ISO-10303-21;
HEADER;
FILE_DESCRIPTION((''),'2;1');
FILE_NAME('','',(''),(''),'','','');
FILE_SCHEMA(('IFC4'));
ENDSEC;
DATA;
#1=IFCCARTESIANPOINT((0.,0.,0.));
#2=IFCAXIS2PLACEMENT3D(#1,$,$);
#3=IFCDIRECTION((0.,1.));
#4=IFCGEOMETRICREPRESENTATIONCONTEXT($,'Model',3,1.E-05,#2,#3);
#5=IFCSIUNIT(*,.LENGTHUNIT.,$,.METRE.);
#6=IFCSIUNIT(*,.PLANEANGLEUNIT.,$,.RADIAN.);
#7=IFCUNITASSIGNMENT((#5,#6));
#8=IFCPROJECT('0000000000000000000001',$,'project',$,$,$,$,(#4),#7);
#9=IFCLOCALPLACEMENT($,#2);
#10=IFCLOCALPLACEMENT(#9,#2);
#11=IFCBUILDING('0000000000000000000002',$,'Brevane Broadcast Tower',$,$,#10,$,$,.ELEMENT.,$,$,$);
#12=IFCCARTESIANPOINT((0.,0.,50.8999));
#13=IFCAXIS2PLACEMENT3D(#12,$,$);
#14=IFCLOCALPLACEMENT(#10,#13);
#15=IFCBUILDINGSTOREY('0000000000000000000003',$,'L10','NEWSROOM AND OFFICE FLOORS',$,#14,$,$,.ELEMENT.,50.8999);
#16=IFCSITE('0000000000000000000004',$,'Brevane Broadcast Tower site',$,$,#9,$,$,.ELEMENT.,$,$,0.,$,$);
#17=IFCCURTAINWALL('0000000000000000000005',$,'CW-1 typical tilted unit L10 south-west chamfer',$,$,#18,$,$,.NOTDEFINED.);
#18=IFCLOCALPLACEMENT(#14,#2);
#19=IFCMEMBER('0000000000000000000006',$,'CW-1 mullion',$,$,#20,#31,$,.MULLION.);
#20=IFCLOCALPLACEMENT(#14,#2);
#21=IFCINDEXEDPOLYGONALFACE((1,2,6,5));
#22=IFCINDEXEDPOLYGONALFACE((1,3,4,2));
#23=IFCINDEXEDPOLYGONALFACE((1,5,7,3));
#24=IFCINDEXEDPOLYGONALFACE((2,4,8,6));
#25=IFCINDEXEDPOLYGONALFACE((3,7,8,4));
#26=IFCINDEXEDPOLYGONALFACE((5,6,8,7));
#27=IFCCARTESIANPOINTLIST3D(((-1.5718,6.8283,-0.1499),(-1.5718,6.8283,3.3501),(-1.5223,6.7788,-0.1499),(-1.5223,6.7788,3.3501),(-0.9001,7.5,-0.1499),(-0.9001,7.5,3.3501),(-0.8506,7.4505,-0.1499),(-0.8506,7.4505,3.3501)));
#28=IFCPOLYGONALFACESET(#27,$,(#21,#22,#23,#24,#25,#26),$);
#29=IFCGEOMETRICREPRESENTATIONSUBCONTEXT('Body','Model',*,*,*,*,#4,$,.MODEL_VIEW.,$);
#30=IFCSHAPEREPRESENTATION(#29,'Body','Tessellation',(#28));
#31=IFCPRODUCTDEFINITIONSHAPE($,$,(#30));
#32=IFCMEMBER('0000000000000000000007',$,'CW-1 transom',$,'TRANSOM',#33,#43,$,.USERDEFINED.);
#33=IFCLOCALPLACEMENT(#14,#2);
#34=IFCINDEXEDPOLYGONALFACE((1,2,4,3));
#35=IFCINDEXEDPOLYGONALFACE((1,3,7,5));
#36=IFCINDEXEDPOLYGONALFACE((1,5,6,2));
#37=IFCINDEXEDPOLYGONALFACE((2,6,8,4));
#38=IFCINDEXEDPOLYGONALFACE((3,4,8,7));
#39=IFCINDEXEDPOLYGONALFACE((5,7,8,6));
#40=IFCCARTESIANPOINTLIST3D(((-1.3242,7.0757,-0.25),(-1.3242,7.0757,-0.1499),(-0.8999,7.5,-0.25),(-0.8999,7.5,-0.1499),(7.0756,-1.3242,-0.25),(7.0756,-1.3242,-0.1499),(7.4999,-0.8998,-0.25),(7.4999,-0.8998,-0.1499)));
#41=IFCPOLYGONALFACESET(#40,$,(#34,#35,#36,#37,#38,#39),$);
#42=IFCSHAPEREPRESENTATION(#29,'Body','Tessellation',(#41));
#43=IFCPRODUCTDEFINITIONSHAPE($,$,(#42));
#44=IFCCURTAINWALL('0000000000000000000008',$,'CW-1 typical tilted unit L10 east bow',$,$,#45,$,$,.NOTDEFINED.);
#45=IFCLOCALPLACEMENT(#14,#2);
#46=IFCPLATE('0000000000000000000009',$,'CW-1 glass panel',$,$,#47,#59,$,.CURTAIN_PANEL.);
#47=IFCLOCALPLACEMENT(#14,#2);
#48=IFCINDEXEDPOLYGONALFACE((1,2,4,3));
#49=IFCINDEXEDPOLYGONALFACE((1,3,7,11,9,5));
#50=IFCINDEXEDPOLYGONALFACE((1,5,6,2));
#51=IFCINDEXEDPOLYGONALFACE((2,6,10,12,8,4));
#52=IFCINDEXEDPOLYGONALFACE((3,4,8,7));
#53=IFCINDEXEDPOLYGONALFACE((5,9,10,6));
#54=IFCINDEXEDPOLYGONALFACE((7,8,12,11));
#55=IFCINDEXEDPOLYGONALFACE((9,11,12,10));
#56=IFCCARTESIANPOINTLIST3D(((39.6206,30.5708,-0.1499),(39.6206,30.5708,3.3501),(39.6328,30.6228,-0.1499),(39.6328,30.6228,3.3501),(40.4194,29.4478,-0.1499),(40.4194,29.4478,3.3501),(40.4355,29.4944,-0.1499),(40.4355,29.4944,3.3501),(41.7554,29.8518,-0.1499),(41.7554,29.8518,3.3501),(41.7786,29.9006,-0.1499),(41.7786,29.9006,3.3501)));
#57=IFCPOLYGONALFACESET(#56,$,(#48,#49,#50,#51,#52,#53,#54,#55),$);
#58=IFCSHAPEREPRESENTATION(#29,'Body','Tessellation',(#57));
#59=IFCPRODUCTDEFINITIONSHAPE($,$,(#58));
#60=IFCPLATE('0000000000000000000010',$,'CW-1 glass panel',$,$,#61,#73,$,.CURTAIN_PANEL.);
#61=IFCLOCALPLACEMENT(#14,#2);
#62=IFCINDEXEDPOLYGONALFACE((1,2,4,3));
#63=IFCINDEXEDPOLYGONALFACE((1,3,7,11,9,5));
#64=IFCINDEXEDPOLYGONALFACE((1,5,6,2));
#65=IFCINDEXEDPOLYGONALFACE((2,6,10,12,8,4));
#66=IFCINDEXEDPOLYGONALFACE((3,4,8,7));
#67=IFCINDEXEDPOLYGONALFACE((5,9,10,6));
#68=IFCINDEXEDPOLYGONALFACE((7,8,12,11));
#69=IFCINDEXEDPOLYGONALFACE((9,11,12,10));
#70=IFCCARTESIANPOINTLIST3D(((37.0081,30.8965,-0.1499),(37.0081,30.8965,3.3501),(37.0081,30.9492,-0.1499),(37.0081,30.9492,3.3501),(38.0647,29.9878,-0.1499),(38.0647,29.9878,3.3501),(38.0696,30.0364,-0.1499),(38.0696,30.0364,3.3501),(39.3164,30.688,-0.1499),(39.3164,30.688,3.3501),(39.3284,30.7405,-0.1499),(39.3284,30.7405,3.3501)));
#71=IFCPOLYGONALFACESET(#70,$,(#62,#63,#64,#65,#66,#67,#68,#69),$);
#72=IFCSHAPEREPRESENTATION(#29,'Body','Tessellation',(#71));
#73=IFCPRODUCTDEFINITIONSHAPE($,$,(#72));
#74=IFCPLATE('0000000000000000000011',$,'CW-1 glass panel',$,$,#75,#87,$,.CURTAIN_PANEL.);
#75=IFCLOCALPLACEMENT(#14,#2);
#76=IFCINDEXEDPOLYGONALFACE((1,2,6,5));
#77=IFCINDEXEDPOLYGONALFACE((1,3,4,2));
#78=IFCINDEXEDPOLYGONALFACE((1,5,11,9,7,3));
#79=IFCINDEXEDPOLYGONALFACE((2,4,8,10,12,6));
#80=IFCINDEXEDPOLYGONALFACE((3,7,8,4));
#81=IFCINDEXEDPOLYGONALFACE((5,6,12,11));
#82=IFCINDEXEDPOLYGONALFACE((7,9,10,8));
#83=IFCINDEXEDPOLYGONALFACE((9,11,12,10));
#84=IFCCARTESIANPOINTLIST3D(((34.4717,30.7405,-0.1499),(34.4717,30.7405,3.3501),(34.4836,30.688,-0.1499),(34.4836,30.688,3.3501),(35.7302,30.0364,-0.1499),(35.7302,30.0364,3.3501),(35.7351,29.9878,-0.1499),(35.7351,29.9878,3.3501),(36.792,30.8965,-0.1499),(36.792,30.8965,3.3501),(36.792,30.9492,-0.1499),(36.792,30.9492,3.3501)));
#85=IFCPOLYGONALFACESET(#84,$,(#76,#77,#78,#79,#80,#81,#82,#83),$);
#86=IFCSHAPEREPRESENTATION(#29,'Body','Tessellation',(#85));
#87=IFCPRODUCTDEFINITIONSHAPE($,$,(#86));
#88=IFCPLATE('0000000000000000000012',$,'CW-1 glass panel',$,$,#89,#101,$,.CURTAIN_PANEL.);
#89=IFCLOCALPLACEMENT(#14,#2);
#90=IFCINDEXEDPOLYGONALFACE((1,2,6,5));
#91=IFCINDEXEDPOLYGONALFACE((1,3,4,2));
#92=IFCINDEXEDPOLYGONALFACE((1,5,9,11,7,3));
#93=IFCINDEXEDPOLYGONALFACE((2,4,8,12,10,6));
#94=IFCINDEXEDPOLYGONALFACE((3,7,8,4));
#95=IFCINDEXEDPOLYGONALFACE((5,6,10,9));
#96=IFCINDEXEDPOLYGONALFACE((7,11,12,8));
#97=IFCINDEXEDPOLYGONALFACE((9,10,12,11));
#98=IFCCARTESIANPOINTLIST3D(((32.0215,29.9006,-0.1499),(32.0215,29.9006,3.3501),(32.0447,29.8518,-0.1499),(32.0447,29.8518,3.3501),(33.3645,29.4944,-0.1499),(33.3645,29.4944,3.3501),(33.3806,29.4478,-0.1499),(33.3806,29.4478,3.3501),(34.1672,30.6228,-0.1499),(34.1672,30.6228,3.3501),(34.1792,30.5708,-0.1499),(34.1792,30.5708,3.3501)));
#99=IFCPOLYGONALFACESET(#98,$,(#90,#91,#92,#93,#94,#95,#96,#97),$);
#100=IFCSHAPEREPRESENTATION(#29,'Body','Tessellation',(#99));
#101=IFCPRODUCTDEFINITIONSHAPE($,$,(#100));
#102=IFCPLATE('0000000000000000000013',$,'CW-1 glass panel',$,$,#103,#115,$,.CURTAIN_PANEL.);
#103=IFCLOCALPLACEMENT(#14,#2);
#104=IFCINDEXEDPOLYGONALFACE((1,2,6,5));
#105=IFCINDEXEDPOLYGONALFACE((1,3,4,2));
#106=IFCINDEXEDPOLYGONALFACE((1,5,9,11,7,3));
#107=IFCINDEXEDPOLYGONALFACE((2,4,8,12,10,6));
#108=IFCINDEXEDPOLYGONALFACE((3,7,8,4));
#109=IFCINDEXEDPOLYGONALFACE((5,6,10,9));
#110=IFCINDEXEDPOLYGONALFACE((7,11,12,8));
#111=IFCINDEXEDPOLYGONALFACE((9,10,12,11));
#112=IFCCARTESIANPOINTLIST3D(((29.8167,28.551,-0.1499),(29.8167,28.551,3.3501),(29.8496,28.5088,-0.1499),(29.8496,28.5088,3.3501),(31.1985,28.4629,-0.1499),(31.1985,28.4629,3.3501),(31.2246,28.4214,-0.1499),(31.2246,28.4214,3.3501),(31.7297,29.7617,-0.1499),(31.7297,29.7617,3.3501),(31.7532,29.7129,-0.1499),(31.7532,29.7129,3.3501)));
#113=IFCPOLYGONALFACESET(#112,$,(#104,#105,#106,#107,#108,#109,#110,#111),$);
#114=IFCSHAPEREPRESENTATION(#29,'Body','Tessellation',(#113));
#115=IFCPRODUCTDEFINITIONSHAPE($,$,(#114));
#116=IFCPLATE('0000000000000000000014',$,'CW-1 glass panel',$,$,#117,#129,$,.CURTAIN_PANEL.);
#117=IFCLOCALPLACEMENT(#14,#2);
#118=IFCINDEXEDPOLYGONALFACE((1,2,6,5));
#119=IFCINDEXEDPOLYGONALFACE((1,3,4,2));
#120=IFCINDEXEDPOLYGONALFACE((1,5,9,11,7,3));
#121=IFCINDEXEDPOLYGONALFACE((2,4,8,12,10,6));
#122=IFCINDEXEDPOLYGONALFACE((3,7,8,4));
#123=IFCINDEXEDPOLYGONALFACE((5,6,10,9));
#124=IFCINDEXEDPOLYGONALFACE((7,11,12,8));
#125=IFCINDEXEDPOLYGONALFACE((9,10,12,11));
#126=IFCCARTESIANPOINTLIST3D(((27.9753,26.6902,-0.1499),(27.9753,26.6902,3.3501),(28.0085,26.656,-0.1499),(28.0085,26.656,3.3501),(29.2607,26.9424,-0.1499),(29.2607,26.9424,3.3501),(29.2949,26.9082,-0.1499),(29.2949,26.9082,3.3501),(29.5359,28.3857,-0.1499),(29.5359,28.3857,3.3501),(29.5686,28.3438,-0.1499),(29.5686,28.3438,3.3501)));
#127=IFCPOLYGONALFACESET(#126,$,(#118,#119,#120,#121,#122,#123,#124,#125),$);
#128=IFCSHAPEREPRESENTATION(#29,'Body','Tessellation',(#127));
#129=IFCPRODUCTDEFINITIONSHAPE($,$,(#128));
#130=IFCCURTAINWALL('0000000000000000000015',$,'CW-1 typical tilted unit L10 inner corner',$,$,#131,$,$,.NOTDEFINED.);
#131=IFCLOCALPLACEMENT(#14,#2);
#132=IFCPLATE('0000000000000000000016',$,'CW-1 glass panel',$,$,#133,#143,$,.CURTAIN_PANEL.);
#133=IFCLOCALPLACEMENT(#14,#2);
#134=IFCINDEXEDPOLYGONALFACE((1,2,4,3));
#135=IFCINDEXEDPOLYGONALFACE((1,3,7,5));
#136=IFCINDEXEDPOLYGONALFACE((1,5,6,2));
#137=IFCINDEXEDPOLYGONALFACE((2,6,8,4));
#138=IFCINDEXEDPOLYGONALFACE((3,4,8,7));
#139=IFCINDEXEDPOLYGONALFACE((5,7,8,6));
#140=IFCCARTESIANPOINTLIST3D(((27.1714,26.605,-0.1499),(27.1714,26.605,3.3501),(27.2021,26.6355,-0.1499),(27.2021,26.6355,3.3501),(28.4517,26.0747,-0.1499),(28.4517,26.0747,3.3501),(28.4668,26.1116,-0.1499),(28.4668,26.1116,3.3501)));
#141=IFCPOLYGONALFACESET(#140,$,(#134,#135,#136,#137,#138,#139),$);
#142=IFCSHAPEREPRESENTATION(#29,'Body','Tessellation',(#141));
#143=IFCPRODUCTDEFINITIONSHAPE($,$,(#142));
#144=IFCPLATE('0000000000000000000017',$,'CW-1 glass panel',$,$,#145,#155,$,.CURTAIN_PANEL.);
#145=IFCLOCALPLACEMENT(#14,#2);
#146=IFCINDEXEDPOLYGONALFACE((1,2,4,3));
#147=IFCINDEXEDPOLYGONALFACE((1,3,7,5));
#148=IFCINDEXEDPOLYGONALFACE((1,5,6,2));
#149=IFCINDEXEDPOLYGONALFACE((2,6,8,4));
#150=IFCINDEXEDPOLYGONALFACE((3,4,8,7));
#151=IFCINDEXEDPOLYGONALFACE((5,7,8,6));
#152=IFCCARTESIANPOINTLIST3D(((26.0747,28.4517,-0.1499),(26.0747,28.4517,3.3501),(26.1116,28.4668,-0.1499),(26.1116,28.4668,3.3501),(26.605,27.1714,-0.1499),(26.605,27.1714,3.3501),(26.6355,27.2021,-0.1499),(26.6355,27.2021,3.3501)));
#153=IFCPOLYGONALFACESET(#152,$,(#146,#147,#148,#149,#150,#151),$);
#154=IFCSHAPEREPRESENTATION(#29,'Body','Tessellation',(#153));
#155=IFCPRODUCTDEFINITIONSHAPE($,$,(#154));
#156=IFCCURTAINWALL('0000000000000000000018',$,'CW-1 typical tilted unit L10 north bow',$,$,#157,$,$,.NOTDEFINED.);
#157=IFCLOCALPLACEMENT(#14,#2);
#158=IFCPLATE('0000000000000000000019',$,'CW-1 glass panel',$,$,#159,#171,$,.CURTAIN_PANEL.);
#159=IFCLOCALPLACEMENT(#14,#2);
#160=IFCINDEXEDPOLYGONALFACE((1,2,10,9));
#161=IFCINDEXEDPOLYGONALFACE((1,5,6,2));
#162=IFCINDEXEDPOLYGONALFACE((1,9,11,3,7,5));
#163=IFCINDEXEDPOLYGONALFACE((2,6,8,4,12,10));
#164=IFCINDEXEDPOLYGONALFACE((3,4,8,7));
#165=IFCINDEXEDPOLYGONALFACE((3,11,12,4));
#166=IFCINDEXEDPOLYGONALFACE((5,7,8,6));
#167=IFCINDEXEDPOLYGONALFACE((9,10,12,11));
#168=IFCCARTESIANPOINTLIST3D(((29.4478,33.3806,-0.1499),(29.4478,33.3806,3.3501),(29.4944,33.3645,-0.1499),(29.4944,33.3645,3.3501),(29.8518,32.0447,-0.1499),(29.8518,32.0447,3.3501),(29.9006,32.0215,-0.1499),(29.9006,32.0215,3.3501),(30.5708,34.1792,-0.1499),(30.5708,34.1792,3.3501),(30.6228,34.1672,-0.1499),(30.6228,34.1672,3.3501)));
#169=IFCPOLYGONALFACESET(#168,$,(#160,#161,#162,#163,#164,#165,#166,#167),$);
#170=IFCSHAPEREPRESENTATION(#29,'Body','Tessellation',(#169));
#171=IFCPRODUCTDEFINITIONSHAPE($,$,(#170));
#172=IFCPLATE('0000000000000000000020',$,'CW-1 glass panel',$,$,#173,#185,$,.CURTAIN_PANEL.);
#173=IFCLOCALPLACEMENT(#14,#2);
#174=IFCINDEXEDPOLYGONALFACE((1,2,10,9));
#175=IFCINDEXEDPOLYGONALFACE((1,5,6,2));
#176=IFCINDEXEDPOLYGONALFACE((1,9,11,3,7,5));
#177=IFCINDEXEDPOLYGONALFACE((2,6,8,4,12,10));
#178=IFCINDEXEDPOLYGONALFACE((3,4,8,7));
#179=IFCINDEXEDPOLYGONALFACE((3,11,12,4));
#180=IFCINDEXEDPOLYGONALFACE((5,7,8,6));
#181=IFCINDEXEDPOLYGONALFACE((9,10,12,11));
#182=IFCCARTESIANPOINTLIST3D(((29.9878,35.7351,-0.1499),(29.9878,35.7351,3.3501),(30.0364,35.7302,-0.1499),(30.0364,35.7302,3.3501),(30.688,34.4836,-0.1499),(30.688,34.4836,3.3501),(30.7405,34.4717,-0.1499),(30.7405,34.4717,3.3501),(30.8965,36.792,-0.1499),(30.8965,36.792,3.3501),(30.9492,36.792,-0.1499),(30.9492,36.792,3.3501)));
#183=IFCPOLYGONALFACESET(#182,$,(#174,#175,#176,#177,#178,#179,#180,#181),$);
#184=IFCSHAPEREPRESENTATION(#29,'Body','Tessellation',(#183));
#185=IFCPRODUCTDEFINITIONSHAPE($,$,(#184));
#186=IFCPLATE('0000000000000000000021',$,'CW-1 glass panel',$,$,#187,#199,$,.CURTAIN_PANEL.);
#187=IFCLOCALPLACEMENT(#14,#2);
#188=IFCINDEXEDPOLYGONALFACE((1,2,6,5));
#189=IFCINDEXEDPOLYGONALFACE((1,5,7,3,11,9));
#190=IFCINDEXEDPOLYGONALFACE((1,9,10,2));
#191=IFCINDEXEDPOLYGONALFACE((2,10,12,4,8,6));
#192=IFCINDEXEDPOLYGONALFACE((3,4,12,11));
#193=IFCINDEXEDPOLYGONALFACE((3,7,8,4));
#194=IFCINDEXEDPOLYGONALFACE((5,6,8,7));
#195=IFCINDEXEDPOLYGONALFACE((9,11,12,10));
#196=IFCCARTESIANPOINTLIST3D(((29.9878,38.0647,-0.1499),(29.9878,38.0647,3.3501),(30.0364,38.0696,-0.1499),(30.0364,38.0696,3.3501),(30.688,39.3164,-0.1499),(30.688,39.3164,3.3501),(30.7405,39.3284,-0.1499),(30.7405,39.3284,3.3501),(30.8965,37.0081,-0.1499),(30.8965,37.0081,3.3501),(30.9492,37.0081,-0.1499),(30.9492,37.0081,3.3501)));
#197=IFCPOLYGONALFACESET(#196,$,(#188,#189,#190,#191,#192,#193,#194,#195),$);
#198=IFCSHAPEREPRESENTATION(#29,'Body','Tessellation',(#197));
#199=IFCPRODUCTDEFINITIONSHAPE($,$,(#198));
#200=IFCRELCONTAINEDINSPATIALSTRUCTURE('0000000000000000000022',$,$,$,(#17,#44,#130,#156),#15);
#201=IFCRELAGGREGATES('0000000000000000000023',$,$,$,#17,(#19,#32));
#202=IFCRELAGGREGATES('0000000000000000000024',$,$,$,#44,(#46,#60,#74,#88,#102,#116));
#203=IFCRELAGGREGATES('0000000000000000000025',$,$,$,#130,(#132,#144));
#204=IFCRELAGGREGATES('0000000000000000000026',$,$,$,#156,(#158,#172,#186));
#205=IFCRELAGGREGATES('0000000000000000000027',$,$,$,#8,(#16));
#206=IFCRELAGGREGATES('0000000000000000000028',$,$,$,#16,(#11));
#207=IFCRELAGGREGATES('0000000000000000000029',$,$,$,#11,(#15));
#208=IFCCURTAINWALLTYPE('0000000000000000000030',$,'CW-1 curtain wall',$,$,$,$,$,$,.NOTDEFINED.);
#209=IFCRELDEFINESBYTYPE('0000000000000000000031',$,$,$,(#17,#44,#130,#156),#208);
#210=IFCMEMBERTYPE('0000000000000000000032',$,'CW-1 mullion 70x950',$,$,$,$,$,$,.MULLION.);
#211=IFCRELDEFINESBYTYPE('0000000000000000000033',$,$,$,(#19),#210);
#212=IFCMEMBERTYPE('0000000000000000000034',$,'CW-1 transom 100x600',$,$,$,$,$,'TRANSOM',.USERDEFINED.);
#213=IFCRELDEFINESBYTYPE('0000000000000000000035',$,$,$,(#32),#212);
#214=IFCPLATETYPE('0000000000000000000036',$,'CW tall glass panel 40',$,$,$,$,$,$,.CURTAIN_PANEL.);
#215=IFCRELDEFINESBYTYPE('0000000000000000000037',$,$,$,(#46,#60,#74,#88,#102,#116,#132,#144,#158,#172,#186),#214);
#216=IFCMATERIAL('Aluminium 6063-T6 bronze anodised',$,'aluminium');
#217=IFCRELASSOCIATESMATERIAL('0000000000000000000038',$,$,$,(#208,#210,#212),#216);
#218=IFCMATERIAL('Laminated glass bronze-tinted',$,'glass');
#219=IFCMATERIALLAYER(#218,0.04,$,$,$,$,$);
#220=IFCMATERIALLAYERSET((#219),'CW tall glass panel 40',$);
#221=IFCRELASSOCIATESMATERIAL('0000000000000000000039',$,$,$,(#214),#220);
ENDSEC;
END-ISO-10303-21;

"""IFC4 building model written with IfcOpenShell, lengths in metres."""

from ifc_helpers import new_model, si_unit, direction, frame, origin, origin_2d, place, context, subcontext, project, spatial, polyline, rectangle, outline, extrude, material, layer, layer_set, material_profile, profile_set, type_object, element, aggregate, save


model = new_model("IFC4")

# Units and contexts
model_context = context("Model", 3, precision=1e-05, world=origin(), true_north=direction((0.0, 1.0)))
body_context = subcontext(model_context, "Body", "Model", "MODEL_VIEW")
ifc_project = project(units=[si_unit("LENGTHUNIT", "METRE"), si_unit("PLANEANGLEUNIT", "RADIAN")], contexts=[model_context])

# Site, building, storey
site_placement = place(None, origin())
site = spatial("IfcSite", under=ifc_project, at=site_placement, Name="Brevane Broadcast Tower site", CompositionType="ELEMENT", RefElevation=0.0)
building_placement = place(site_placement, origin())
building = spatial("IfcBuilding", under=site, at=building_placement, Name="Brevane Broadcast Tower", CompositionType="ELEMENT")
storey_placement = place(building_placement, frame((0.0, 0.0, 50.8999)))
storey = spatial("IfcBuildingStorey", under=building, at=storey_placement, Name="L10", Description="NEWSROOM AND OFFICE FLOORS", CompositionType="ELEMENT", Elevation=50.8999)

# Curtain wall, members
ifc_material_1 = material(Name="Aluminium 6063-T6 bronze anodised", Category="aluminium")
curtain_wall_type = type_object("IfcCurtainWallType", Name="CW-1 curtain wall", PredefinedType="NOTDEFINED", material=ifc_material_1)
curtain_wall_1_placement = place(storey_placement, origin())
curtain_wall_1 = element("IfcCurtainWall", 1, at=curtain_wall_1_placement, inside=storey, type_object=curtain_wall_type, Name="CW-1 typical tilted unit L10 south-west chamfer", PredefinedType="NOTDEFINED")
ifc_material_profile_1 = material_profile(ifc_material_1, rectangle(XDim=0.95, YDim=0.0701, at=origin_2d()), Name="RECT 70x950")
ifc_profile_set_1 = profile_set([ifc_material_profile_1], Name="Aluminium 6063-T6 bronze anodised")
member_type_1 = type_object("IfcMemberType", Name="CW-1 mullion 70x950", PredefinedType="MULLION", material=ifc_profile_set_1)
member_1_placement = place(storey_placement, frame((-1.2112, 7.1394, -0.1499), z_axis=(0.0, 0.0, 1.0), x_axis=(0.707107, 0.707107, 0.0)))
member_1 = element("IfcMember", 2, at=member_1_placement, type_object=member_type_1, Name="CW-1 mullion", PredefinedType="MULLION", context=body_context, shape_type="SweptSolid", body=[
    extrude(rectangle(XDim=0.95, YDim=0.0701, at=origin_2d()), origin(), (0.0, 0.0, 1.0), 3.5),
])
ifc_material_profile_2 = material_profile(ifc_material_1, rectangle(XDim=0.6001, YDim=0.1001, at=origin_2d()), Name="RECT 100x600")
ifc_profile_set_2 = profile_set([ifc_material_profile_2], Name="Aluminium 6063-T6 bronze anodised")
member_type_2 = type_object("IfcMemberType", Name="CW-1 transom 100x600", ElementType="TRANSOM", PredefinedType="USERDEFINED", material=ifc_profile_set_2)
member_2_placement = place(storey_placement, frame((-1.1121, 7.2878, -0.2), z_axis=(0.707107, -0.707107, 0.0), x_axis=(0.707107, 0.707107, 0.0)))
member_2 = element("IfcMember", 3, at=member_2_placement, type_object=member_type_2, Name="CW-1 transom", ObjectType="TRANSOM", PredefinedType="USERDEFINED", context=body_context, shape_type="SweptSolid", body=[
    extrude(rectangle(XDim=0.6001, YDim=0.1001, at=origin_2d()), origin(), (0.0, 0.0, 1.0), 11.8792),
])
aggregate(curtain_wall_1, [member_1, member_2])

# Curtain walls, plates
curtain_wall_2_placement = place(storey_placement, origin())
curtain_wall_2 = element("IfcCurtainWall", 4, at=curtain_wall_2_placement, inside=storey, type_object=curtain_wall_type, Name="CW-1 typical tilted unit L10 east bow", PredefinedType="NOTDEFINED")
ifc_material_2 = material(Name="Laminated glass bronze-tinted", Category="glass")
ifc_layer_1 = layer(ifc_material_2, 0.04)
ifc_layer_set_1 = layer_set([ifc_layer_1], Name="CW tall glass panel 40")
plate_type = type_object("IfcPlateType", Name="CW tall glass panel 40", PredefinedType="CURTAIN_PANEL", material=ifc_layer_set_1)
plate_1_placement = place(storey_placement, frame((0.0, 0.0, -0.1499)))
plate_1 = element("IfcPlate", 5, at=plate_1_placement, type_object=plate_type, Name="CW-1 glass panel", PredefinedType="CURTAIN_PANEL", context=body_context, shape_type="SweptSolid", body=[
    extrude(outline(polyline([(41.7554, 29.8518), (41.7786, 29.9006), (40.4355, 29.4944), (39.6328, 30.6228), (39.6206, 30.5708), (40.4194, 29.4478), (41.7554, 29.8518)])), origin(), (0.0, 0.0, 1.0), 3.5),
])
plate_2_placement = place(storey_placement, frame((0.0, 0.0, -0.1499)))
plate_2 = element("IfcPlate", 6, at=plate_2_placement, type_object=plate_type, Name="CW-1 glass panel", PredefinedType="CURTAIN_PANEL", context=body_context, shape_type="SweptSolid", body=[
    extrude(outline(polyline([(39.3164, 30.688), (39.3284, 30.7405), (38.0696, 30.0364), (37.0081, 30.9492), (37.0081, 30.8965), (38.0647, 29.9878), (39.3164, 30.688)])), origin(), (0.0, 0.0, 1.0), 3.5),
])
plate_3_placement = place(storey_placement, frame((0.0, 0.0, -0.1499)))
plate_3 = element("IfcPlate", 7, at=plate_3_placement, type_object=plate_type, Name="CW-1 glass panel", PredefinedType="CURTAIN_PANEL", context=body_context, shape_type="SweptSolid", body=[
    extrude(outline(polyline([(36.792, 30.8965), (36.792, 30.9492), (35.7302, 30.0364), (34.4717, 30.7405), (34.4836, 30.688), (35.7351, 29.9878), (36.792, 30.8965)])), origin(), (0.0, 0.0, 1.0), 3.5),
])
plate_4_placement = place(storey_placement, frame((0.0, 0.0, -0.1499)))
plate_4 = element("IfcPlate", 8, at=plate_4_placement, type_object=plate_type, Name="CW-1 glass panel", PredefinedType="CURTAIN_PANEL", context=body_context, shape_type="SweptSolid", body=[
    extrude(outline(polyline([(34.1792, 30.5708), (34.1672, 30.6228), (33.3645, 29.4944), (32.0215, 29.9006), (32.0447, 29.8518), (33.3806, 29.4478), (34.1792, 30.5708)])), origin(), (0.0, 0.0, 1.0), 3.5),
])
plate_5_placement = place(storey_placement, frame((0.0, 0.0, -0.1499)))
plate_5 = element("IfcPlate", 9, at=plate_5_placement, type_object=plate_type, Name="CW-1 glass panel", PredefinedType="CURTAIN_PANEL", context=body_context, shape_type="SweptSolid", body=[
    extrude(outline(polyline([(31.7532, 29.7129), (31.7297, 29.7617), (31.1985, 28.4629), (29.8167, 28.551), (29.8496, 28.5088), (31.2246, 28.4214), (31.7532, 29.7129)])), origin(), (0.0, 0.0, 1.0), 3.5),
])
plate_6_placement = place(storey_placement, frame((0.0, 0.0, -0.1499)))
plate_6 = element("IfcPlate", 10, at=plate_6_placement, type_object=plate_type, Name="CW-1 glass panel", PredefinedType="CURTAIN_PANEL", context=body_context, shape_type="SweptSolid", body=[
    extrude(outline(polyline([(29.5686, 28.3438), (29.5359, 28.3857), (29.2607, 26.9424), (27.9753, 26.6902), (28.0085, 26.656), (29.2949, 26.9082), (29.5686, 28.3438)])), origin(), (0.0, 0.0, 1.0), 3.5),
])
aggregate(curtain_wall_2, [plate_1, plate_2, plate_3, plate_4, plate_5, plate_6])
curtain_wall_3_placement = place(storey_placement, origin())
curtain_wall_3 = element("IfcCurtainWall", 11, at=curtain_wall_3_placement, inside=storey, type_object=curtain_wall_type, Name="CW-1 typical tilted unit L10 inner corner", PredefinedType="NOTDEFINED")
plate_7_placement = place(storey_placement, frame((0.0, 0.0, -0.1499)))
plate_7 = element("IfcPlate", 12, at=plate_7_placement, type_object=plate_type, Name="CW-1 glass panel", PredefinedType="CURTAIN_PANEL", context=body_context, shape_type="SweptSolid", body=[
    extrude(outline(polyline([(28.4517, 26.0747), (28.4668, 26.1116), (27.2021, 26.6355), (27.1714, 26.605), (28.4517, 26.0747)])), origin(), (0.0, 0.0, 1.0), 3.5),
])
plate_8_placement = place(storey_placement, frame((0.0, 0.0, -0.1499)))
plate_8 = element("IfcPlate", 13, at=plate_8_placement, type_object=plate_type, Name="CW-1 glass panel", PredefinedType="CURTAIN_PANEL", context=body_context, shape_type="SweptSolid", body=[
    extrude(outline(polyline([(26.605, 27.1714), (26.6355, 27.2021), (26.1116, 28.4668), (26.0747, 28.4517), (26.605, 27.1714)])), origin(), (0.0, 0.0, 1.0), 3.5),
])
aggregate(curtain_wall_3, [plate_7, plate_8])
curtain_wall_4_placement = place(storey_placement, origin())
curtain_wall_4 = element("IfcCurtainWall", 14, at=curtain_wall_4_placement, inside=storey, type_object=curtain_wall_type, Name="CW-1 typical tilted unit L10 north bow", PredefinedType="NOTDEFINED")
plate_9_placement = place(storey_placement, frame((0.0, 0.0, -0.1499)))
plate_9 = element("IfcPlate", 15, at=plate_9_placement, type_object=plate_type, Name="CW-1 glass panel", PredefinedType="CURTAIN_PANEL", context=body_context, shape_type="SweptSolid", body=[
    extrude(outline(polyline([(29.8518, 32.0447), (29.9006, 32.0215), (29.4944, 33.3645), (30.6228, 34.1672), (30.5708, 34.1792), (29.4478, 33.3806), (29.8518, 32.0447)])), origin(), (0.0, 0.0, 1.0), 3.5),
])
plate_10_placement = place(storey_placement, frame((0.0, 0.0, -0.1499)))
plate_10 = element("IfcPlate", 16, at=plate_10_placement, type_object=plate_type, Name="CW-1 glass panel", PredefinedType="CURTAIN_PANEL", context=body_context, shape_type="SweptSolid", body=[
    extrude(outline(polyline([(30.688, 34.4836), (30.7405, 34.4717), (30.0364, 35.7302), (30.9492, 36.792), (30.8965, 36.792), (29.9878, 35.7351), (30.688, 34.4836)])), origin(), (0.0, 0.0, 1.0), 3.5),
])
plate_11_placement = place(storey_placement, frame((0.0, 0.0, -0.1499)))
plate_11 = element("IfcPlate", 17, at=plate_11_placement, type_object=plate_type, Name="CW-1 glass panel", PredefinedType="CURTAIN_PANEL", context=body_context, shape_type="SweptSolid", body=[
    extrude(outline(polyline([(30.8965, 37.0081), (30.9492, 37.0081), (30.0364, 38.0696), (30.7405, 39.3284), (30.688, 39.3164), (29.9878, 38.0647), (30.8965, 37.0081)])), origin(), (0.0, 0.0, 1.0), 3.5),
])

aggregate(curtain_wall_4, [plate_9, plate_10, plate_11])

save(model, "model.ifc")
